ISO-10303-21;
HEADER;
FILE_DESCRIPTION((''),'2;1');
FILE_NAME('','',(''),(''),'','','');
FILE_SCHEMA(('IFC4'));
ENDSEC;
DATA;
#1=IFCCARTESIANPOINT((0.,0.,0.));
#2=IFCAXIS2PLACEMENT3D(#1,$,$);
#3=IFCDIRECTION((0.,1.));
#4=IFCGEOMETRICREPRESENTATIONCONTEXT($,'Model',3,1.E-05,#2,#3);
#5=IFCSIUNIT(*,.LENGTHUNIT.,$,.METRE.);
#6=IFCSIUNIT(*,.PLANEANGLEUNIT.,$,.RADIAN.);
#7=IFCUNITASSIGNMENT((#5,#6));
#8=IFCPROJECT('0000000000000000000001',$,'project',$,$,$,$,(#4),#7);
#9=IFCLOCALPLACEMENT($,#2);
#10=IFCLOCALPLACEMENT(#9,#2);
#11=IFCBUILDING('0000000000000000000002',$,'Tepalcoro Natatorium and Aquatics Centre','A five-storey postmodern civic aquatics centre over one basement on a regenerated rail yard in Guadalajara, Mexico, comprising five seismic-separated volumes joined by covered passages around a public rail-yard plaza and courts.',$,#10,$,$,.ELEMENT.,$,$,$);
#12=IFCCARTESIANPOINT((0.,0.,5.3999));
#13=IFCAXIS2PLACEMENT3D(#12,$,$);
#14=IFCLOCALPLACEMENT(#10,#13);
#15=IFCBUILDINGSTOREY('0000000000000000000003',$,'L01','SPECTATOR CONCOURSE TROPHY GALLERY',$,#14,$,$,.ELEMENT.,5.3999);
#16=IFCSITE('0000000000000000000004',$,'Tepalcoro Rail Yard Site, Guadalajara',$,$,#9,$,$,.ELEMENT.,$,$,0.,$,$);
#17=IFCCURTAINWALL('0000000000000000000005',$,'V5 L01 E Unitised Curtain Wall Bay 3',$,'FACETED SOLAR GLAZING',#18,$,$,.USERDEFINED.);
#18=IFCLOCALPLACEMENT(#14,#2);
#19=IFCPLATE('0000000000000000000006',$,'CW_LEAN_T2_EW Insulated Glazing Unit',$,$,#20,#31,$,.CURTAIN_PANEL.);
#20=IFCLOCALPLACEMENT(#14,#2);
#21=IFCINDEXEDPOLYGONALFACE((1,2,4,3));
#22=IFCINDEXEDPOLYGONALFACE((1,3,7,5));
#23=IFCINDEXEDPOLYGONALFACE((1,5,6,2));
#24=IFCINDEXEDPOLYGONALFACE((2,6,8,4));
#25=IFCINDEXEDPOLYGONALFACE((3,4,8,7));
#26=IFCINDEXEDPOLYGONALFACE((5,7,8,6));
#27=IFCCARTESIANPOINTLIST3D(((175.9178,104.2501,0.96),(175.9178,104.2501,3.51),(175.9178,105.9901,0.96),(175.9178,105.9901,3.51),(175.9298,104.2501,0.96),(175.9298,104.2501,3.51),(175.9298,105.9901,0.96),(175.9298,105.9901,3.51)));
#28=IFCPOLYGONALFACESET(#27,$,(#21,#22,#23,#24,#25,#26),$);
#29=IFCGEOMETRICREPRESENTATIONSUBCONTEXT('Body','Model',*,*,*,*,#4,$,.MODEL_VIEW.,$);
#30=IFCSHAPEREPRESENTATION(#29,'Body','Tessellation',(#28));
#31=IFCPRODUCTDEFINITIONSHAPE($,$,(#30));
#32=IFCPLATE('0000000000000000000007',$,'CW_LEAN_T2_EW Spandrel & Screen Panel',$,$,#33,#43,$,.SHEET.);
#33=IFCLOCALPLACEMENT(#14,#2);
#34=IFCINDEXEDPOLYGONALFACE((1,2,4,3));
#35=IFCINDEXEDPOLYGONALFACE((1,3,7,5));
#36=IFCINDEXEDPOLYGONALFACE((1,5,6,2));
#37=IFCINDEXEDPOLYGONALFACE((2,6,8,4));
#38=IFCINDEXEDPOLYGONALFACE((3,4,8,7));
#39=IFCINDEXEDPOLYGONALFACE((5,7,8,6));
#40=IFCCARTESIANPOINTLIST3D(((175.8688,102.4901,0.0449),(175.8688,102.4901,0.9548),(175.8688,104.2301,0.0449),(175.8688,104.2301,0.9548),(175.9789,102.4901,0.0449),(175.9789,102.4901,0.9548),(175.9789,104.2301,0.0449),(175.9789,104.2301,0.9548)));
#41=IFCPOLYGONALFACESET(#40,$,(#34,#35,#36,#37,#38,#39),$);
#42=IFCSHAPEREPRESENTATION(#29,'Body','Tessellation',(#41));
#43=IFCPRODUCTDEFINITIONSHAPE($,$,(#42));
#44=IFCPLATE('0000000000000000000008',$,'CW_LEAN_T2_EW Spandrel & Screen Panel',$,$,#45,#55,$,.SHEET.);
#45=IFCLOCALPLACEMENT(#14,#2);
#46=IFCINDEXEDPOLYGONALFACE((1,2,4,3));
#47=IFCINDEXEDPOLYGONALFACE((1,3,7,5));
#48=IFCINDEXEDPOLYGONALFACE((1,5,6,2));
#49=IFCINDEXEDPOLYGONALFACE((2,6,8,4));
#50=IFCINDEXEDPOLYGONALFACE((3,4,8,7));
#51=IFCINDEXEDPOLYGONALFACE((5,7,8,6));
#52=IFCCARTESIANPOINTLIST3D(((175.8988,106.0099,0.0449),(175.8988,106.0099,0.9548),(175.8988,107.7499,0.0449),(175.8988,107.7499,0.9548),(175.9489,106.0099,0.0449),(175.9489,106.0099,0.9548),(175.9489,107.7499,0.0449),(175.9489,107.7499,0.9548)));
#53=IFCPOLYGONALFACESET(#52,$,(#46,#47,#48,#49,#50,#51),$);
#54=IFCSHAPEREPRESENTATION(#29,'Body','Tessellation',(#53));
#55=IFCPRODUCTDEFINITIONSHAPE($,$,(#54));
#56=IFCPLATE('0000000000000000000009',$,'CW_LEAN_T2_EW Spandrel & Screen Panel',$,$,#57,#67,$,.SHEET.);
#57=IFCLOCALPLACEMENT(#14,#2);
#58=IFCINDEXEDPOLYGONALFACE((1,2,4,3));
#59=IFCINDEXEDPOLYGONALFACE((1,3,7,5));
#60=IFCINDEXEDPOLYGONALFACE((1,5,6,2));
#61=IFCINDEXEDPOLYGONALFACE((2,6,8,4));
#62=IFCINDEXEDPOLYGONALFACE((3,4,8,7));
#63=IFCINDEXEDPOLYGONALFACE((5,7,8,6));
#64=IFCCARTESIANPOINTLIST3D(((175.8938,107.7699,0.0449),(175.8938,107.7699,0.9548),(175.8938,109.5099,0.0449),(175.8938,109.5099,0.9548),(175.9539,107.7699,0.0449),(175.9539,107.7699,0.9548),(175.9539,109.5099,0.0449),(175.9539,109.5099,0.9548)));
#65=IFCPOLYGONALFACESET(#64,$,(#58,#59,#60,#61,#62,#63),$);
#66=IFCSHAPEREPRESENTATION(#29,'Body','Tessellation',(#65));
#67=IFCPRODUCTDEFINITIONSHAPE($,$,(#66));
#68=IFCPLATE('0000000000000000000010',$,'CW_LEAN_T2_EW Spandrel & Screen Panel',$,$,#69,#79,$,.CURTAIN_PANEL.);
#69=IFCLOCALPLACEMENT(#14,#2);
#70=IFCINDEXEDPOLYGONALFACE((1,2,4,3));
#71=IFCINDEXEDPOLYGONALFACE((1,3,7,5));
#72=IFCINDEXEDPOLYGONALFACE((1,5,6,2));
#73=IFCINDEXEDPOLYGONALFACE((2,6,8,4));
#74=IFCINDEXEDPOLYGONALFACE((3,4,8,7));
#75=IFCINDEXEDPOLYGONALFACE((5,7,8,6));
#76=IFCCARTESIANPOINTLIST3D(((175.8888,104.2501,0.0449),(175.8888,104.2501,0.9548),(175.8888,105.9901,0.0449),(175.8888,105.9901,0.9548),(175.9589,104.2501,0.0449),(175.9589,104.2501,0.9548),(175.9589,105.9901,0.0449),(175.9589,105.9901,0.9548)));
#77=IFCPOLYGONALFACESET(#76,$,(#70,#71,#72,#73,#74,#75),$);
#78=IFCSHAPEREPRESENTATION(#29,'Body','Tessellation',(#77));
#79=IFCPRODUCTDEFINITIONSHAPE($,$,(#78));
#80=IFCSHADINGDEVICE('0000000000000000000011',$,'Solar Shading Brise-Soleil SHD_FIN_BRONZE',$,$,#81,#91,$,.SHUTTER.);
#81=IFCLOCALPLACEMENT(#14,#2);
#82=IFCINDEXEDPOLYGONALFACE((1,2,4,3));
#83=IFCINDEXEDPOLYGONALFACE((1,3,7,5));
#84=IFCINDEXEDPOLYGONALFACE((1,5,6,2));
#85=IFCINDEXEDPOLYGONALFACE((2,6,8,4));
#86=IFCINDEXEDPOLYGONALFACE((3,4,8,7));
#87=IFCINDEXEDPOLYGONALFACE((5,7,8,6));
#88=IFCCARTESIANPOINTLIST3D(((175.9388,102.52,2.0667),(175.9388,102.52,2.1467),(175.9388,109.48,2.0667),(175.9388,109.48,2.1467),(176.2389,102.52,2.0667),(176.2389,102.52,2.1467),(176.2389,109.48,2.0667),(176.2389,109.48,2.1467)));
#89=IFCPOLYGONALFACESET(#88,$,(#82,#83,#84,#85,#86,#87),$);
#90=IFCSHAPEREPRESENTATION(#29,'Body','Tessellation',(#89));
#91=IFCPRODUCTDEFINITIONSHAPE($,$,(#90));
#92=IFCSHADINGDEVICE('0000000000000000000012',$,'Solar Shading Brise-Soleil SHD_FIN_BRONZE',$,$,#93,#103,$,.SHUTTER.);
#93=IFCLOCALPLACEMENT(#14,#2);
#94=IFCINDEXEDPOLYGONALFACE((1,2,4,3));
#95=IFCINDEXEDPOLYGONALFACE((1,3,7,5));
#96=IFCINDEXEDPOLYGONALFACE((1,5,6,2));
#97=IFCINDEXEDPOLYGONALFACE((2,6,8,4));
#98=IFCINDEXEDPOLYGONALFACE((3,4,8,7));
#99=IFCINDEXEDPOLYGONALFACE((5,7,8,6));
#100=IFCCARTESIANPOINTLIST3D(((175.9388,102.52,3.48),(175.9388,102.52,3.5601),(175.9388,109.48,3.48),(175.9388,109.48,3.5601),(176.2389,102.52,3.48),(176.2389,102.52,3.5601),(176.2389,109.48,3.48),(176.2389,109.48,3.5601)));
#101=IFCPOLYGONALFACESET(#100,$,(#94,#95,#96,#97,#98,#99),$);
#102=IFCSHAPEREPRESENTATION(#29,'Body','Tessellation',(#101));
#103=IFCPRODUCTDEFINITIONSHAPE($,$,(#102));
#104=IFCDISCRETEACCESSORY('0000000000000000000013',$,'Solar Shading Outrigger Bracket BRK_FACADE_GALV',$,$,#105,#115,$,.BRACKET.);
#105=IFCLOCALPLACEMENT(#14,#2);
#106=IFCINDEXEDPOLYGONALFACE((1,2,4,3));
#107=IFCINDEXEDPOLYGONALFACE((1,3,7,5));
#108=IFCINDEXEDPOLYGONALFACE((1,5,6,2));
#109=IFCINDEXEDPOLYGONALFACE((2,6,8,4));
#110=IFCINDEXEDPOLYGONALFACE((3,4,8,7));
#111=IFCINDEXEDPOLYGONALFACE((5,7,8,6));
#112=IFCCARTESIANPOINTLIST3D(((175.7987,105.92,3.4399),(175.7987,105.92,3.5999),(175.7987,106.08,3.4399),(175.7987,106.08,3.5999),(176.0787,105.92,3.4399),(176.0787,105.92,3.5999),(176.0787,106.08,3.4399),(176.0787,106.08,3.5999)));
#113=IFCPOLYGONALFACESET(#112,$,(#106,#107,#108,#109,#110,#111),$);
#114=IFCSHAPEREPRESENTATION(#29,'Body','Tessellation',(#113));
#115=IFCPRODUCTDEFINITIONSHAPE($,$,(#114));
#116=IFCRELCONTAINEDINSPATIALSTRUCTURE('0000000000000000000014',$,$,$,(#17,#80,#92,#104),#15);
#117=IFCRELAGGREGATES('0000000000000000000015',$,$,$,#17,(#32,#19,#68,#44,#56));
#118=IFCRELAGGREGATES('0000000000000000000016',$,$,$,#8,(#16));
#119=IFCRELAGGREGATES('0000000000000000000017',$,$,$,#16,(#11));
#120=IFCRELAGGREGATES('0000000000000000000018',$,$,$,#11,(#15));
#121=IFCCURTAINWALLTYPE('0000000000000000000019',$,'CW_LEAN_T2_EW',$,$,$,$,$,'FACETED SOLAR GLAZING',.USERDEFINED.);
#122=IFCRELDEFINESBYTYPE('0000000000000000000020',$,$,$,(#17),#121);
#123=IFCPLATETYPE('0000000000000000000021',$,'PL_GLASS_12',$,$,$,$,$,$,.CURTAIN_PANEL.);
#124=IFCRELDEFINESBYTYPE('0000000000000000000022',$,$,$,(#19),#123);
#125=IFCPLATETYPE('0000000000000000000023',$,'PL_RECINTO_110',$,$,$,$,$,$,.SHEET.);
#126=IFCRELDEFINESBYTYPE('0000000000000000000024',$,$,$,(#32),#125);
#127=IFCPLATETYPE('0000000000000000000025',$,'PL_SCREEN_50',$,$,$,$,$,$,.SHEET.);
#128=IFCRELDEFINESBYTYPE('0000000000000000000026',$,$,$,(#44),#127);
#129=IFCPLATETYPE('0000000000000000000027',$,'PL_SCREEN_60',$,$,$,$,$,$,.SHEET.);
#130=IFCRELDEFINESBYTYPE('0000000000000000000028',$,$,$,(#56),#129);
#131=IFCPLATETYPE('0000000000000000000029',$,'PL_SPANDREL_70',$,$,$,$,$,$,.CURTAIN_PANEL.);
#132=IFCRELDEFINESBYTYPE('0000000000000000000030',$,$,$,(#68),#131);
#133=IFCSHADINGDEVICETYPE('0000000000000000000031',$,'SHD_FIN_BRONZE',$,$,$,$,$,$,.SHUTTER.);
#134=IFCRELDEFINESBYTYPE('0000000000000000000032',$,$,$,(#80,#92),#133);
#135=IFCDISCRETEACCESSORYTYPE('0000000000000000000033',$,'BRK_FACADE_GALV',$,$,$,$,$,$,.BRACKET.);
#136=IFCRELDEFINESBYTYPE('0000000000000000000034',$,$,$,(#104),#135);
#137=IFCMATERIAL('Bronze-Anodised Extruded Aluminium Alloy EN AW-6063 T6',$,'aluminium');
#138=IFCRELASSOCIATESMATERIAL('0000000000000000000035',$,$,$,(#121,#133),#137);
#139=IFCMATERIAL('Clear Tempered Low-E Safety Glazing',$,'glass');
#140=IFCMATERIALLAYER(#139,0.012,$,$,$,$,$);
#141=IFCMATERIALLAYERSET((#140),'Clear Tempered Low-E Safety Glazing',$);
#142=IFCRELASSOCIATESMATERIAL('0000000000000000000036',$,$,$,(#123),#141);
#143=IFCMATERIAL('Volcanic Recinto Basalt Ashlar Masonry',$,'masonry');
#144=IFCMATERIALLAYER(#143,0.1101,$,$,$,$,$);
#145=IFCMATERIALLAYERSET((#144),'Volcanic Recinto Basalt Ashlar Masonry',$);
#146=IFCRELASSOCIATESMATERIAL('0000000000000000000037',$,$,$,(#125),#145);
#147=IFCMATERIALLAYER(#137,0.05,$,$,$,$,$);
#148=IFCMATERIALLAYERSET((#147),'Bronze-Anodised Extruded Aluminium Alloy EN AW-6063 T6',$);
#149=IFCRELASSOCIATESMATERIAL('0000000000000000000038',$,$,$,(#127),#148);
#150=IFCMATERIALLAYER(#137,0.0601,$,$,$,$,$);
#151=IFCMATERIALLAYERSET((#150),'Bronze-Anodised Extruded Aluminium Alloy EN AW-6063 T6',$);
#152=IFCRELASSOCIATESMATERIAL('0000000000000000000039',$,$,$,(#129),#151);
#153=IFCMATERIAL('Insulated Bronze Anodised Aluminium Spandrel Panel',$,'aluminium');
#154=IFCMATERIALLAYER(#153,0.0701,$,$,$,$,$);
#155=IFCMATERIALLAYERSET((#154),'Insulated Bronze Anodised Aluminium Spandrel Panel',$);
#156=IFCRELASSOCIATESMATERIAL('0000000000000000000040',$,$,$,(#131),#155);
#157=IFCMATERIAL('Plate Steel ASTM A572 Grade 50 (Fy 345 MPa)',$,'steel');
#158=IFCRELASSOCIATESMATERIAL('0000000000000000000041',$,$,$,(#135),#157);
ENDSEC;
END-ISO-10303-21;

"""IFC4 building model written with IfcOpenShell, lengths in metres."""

from ifc_helpers import new_model, si_unit, direction, frame, origin, origin_2d, place, context, subcontext, project, spatial, rectangle, extrude, material, layer, layer_set, type_object, element, aggregate, save


model = new_model("IFC4")

# Units and contexts
model_context = context("Model", 3, precision=1e-05, world=origin(), true_north=direction((0.0, 1.0)))
body_context = subcontext(model_context, "Body", "Model", "MODEL_VIEW")
ifc_project = project(units=[si_unit("LENGTHUNIT", "METRE"), si_unit("PLANEANGLEUNIT", "RADIAN")], contexts=[model_context])

# Site, building, storey
site_placement = place(None, origin())
site = spatial("IfcSite", under=ifc_project, at=site_placement, Name="Tepalcoro Rail Yard Site, Guadalajara", CompositionType="ELEMENT", RefElevation=0.0)
building_placement = place(site_placement, origin())
building = spatial("IfcBuilding", under=site, at=building_placement, Name="Tepalcoro Natatorium and Aquatics Centre", Description="A five-storey postmodern civic aquatics centre over one basement on a regenerated rail yard in Guadalajara, Mexico, comprising five seismic-separated volumes joined by covered passages around a public rail-yard plaza and courts.", CompositionType="ELEMENT")
storey_placement = place(building_placement, frame((0.0, 0.0, 5.3999)))
storey = spatial("IfcBuildingStorey", under=building, at=storey_placement, Name="L01", Description="SPECTATOR CONCOURSE TROPHY GALLERY", CompositionType="ELEMENT", Elevation=5.3999)

# Curtain wall
ifc_material_1 = material(Name="Bronze-Anodised Extruded Aluminium Alloy EN AW-6063 T6", Category="aluminium")
curtain_wall_type = type_object("IfcCurtainWallType", Name="CW_LEAN_T2_EW", ElementType="FACETED SOLAR GLAZING", PredefinedType="USERDEFINED", material=ifc_material_1)
curtain_wall_placement = place(storey_placement, origin())
curtain_wall = element("IfcCurtainWall", 1, at=curtain_wall_placement, inside=storey, type_object=curtain_wall_type, Name="V5 L01 E Unitised Curtain Wall Bay 3", ObjectType="FACETED SOLAR GLAZING", PredefinedType="USERDEFINED")

# Plates
ifc_material_2 = material(Name="Clear Tempered Low-E Safety Glazing", Category="glass")
ifc_layer_1 = layer(ifc_material_2, 0.012)
ifc_layer_set_1 = layer_set([ifc_layer_1], Name="Clear Tempered Low-E Safety Glazing")
plate_type_1 = type_object("IfcPlateType", Name="PL_GLASS_12", PredefinedType="CURTAIN_PANEL", material=ifc_layer_set_1)
plate_1_placement = place(storey_placement, frame((175.9238, 105.1201, 0.96), z_axis=(0.0, 0.0, 1.0), x_axis=(1.0, 0.0, 0.0)))
plate_1 = element("IfcPlate", 2, at=plate_1_placement, type_object=plate_type_1, Name="CW_LEAN_T2_EW Insulated Glazing Unit", PredefinedType="CURTAIN_PANEL", context=body_context, shape_type="SweptSolid", body=[
    extrude(rectangle(XDim=0.012, YDim=1.74, at=origin_2d()), origin(), (0.0, 0.0, 1.0), 2.55),
])
ifc_material_3 = material(Name="Volcanic Recinto Basalt Ashlar Masonry", Category="masonry")
ifc_layer_2 = layer(ifc_material_3, 0.1101)
ifc_layer_set_2 = layer_set([ifc_layer_2], Name="Volcanic Recinto Basalt Ashlar Masonry")
plate_type_2 = type_object("IfcPlateType", Name="PL_RECINTO_110", PredefinedType="SHEET", material=ifc_layer_set_2)
plate_2_placement = place(storey_placement, frame((175.9238, 103.3601, 0.0449), z_axis=(0.0, 0.0, 1.0), x_axis=(1.0, 0.0, 0.0)))
plate_2 = element("IfcPlate", 3, at=plate_2_placement, type_object=plate_type_2, Name="CW_LEAN_T2_EW Spandrel & Screen Panel", PredefinedType="SHEET", context=body_context, shape_type="SweptSolid", body=[
    extrude(rectangle(XDim=0.1101, YDim=1.74, at=origin_2d()), origin(), (0.0, 0.0, 1.0), 0.9099),
])
ifc_layer_3 = layer(ifc_material_1, 0.05)
ifc_layer_set_3 = layer_set([ifc_layer_3], Name="Bronze-Anodised Extruded Aluminium Alloy EN AW-6063 T6")
plate_type_3 = type_object("IfcPlateType", Name="PL_SCREEN_50", PredefinedType="SHEET", material=ifc_layer_set_3)
plate_3_placement = place(storey_placement, frame((175.9238, 106.8799, 0.0449), z_axis=(0.0, 0.0, 1.0), x_axis=(1.0, 0.0, 0.0)))
plate_3 = element("IfcPlate", 4, at=plate_3_placement, type_object=plate_type_3, Name="CW_LEAN_T2_EW Spandrel & Screen Panel", PredefinedType="SHEET", context=body_context, shape_type="SweptSolid", body=[
    extrude(rectangle(XDim=0.05, YDim=1.74, at=origin_2d()), origin(), (0.0, 0.0, 1.0), 0.9099),
])
ifc_layer_4 = layer(ifc_material_1, 0.0601)
ifc_layer_set_4 = layer_set([ifc_layer_4], Name="Bronze-Anodised Extruded Aluminium Alloy EN AW-6063 T6")
plate_type_4 = type_object("IfcPlateType", Name="PL_SCREEN_60", PredefinedType="SHEET", material=ifc_layer_set_4)
plate_4_placement = place(storey_placement, frame((175.9238, 108.6399, 0.0449), z_axis=(0.0, 0.0, 1.0), x_axis=(1.0, 0.0, 0.0)))
plate_4 = element("IfcPlate", 5, at=plate_4_placement, type_object=plate_type_4, Name="CW_LEAN_T2_EW Spandrel & Screen Panel", PredefinedType="SHEET", context=body_context, shape_type="SweptSolid", body=[
    extrude(rectangle(XDim=0.0601, YDim=1.74, at=origin_2d()), origin(), (0.0, 0.0, 1.0), 0.9099),
])
ifc_material_4 = material(Name="Insulated Bronze Anodised Aluminium Spandrel Panel", Category="aluminium")
ifc_layer_5 = layer(ifc_material_4, 0.0701)
ifc_layer_set_5 = layer_set([ifc_layer_5], Name="Insulated Bronze Anodised Aluminium Spandrel Panel")
plate_type_5 = type_object("IfcPlateType", Name="PL_SPANDREL_70", PredefinedType="CURTAIN_PANEL", material=ifc_layer_set_5)
plate_5_placement = place(storey_placement, frame((175.9238, 105.1201, 0.0449), z_axis=(0.0, 0.0, 1.0), x_axis=(1.0, 0.0, 0.0)))
plate_5 = element("IfcPlate", 6, at=plate_5_placement, type_object=plate_type_5, Name="CW_LEAN_T2_EW Spandrel & Screen Panel", PredefinedType="CURTAIN_PANEL", context=body_context, shape_type="SweptSolid", body=[
    extrude(rectangle(XDim=0.0701, YDim=1.74, at=origin_2d()), origin(), (0.0, 0.0, 1.0), 0.9099),
])
aggregate(curtain_wall, [plate_2, plate_1, plate_5, plate_3, plate_4])

# Shading devices
shading_device_type = type_object("IfcShadingDeviceType", Name="SHD_FIN_BRONZE", PredefinedType="SHUTTER", material=ifc_material_1)
for number, where, z_axis, x_axis, name in (
    (7, (176.0889, 106.0, 2.0667), (0.0, 0.0, 1.0), (1.0, 0.0, 0.0), "Solar Shading Brise-Soleil SHD_FIN_BRONZE"),
    (8, (176.0889, 106.0, 3.48), (0.0, 0.0, 1.0), (1.0, 0.0, 0.0), "Solar Shading Brise-Soleil SHD_FIN_BRONZE"),
):
    element("IfcShadingDevice", number, at=place(storey_placement, frame(where, z_axis=z_axis, x_axis=x_axis)), inside=storey, type_object=shading_device_type, Name=name, PredefinedType="SHUTTER", context=body_context, shape_type="SweptSolid", body=[
        extrude(rectangle(XDim=0.3, YDim=6.96, at=origin_2d()), origin(), (0.0, 0.0, 1.0), 0.0801),
    ])

# Discrete accessory
ifc_material_5 = material(Name="Plate Steel ASTM A572 Grade 50 (Fy 345 MPa)", Category="steel")
discrete_accessory_type = type_object("IfcDiscreteAccessoryType", Name="BRK_FACADE_GALV", PredefinedType="BRACKET", material=ifc_material_5)
discrete_accessory_placement = place(storey_placement, frame((175.9387, 106.0, 3.4399), z_axis=(0.0, 0.0, 1.0), x_axis=(1.0, 0.0, 0.0)))
element("IfcDiscreteAccessory", 9, at=discrete_accessory_placement, inside=storey, type_object=discrete_accessory_type, Name="Solar Shading Outrigger Bracket BRK_FACADE_GALV", PredefinedType="BRACKET", context=body_context, shape_type="SweptSolid", body=[
    extrude(rectangle(XDim=0.28, YDim=0.1599, at=origin_2d()), origin(), (0.0, 0.0, 1.0), 0.1599),
])

save(model, "model.ifc")
